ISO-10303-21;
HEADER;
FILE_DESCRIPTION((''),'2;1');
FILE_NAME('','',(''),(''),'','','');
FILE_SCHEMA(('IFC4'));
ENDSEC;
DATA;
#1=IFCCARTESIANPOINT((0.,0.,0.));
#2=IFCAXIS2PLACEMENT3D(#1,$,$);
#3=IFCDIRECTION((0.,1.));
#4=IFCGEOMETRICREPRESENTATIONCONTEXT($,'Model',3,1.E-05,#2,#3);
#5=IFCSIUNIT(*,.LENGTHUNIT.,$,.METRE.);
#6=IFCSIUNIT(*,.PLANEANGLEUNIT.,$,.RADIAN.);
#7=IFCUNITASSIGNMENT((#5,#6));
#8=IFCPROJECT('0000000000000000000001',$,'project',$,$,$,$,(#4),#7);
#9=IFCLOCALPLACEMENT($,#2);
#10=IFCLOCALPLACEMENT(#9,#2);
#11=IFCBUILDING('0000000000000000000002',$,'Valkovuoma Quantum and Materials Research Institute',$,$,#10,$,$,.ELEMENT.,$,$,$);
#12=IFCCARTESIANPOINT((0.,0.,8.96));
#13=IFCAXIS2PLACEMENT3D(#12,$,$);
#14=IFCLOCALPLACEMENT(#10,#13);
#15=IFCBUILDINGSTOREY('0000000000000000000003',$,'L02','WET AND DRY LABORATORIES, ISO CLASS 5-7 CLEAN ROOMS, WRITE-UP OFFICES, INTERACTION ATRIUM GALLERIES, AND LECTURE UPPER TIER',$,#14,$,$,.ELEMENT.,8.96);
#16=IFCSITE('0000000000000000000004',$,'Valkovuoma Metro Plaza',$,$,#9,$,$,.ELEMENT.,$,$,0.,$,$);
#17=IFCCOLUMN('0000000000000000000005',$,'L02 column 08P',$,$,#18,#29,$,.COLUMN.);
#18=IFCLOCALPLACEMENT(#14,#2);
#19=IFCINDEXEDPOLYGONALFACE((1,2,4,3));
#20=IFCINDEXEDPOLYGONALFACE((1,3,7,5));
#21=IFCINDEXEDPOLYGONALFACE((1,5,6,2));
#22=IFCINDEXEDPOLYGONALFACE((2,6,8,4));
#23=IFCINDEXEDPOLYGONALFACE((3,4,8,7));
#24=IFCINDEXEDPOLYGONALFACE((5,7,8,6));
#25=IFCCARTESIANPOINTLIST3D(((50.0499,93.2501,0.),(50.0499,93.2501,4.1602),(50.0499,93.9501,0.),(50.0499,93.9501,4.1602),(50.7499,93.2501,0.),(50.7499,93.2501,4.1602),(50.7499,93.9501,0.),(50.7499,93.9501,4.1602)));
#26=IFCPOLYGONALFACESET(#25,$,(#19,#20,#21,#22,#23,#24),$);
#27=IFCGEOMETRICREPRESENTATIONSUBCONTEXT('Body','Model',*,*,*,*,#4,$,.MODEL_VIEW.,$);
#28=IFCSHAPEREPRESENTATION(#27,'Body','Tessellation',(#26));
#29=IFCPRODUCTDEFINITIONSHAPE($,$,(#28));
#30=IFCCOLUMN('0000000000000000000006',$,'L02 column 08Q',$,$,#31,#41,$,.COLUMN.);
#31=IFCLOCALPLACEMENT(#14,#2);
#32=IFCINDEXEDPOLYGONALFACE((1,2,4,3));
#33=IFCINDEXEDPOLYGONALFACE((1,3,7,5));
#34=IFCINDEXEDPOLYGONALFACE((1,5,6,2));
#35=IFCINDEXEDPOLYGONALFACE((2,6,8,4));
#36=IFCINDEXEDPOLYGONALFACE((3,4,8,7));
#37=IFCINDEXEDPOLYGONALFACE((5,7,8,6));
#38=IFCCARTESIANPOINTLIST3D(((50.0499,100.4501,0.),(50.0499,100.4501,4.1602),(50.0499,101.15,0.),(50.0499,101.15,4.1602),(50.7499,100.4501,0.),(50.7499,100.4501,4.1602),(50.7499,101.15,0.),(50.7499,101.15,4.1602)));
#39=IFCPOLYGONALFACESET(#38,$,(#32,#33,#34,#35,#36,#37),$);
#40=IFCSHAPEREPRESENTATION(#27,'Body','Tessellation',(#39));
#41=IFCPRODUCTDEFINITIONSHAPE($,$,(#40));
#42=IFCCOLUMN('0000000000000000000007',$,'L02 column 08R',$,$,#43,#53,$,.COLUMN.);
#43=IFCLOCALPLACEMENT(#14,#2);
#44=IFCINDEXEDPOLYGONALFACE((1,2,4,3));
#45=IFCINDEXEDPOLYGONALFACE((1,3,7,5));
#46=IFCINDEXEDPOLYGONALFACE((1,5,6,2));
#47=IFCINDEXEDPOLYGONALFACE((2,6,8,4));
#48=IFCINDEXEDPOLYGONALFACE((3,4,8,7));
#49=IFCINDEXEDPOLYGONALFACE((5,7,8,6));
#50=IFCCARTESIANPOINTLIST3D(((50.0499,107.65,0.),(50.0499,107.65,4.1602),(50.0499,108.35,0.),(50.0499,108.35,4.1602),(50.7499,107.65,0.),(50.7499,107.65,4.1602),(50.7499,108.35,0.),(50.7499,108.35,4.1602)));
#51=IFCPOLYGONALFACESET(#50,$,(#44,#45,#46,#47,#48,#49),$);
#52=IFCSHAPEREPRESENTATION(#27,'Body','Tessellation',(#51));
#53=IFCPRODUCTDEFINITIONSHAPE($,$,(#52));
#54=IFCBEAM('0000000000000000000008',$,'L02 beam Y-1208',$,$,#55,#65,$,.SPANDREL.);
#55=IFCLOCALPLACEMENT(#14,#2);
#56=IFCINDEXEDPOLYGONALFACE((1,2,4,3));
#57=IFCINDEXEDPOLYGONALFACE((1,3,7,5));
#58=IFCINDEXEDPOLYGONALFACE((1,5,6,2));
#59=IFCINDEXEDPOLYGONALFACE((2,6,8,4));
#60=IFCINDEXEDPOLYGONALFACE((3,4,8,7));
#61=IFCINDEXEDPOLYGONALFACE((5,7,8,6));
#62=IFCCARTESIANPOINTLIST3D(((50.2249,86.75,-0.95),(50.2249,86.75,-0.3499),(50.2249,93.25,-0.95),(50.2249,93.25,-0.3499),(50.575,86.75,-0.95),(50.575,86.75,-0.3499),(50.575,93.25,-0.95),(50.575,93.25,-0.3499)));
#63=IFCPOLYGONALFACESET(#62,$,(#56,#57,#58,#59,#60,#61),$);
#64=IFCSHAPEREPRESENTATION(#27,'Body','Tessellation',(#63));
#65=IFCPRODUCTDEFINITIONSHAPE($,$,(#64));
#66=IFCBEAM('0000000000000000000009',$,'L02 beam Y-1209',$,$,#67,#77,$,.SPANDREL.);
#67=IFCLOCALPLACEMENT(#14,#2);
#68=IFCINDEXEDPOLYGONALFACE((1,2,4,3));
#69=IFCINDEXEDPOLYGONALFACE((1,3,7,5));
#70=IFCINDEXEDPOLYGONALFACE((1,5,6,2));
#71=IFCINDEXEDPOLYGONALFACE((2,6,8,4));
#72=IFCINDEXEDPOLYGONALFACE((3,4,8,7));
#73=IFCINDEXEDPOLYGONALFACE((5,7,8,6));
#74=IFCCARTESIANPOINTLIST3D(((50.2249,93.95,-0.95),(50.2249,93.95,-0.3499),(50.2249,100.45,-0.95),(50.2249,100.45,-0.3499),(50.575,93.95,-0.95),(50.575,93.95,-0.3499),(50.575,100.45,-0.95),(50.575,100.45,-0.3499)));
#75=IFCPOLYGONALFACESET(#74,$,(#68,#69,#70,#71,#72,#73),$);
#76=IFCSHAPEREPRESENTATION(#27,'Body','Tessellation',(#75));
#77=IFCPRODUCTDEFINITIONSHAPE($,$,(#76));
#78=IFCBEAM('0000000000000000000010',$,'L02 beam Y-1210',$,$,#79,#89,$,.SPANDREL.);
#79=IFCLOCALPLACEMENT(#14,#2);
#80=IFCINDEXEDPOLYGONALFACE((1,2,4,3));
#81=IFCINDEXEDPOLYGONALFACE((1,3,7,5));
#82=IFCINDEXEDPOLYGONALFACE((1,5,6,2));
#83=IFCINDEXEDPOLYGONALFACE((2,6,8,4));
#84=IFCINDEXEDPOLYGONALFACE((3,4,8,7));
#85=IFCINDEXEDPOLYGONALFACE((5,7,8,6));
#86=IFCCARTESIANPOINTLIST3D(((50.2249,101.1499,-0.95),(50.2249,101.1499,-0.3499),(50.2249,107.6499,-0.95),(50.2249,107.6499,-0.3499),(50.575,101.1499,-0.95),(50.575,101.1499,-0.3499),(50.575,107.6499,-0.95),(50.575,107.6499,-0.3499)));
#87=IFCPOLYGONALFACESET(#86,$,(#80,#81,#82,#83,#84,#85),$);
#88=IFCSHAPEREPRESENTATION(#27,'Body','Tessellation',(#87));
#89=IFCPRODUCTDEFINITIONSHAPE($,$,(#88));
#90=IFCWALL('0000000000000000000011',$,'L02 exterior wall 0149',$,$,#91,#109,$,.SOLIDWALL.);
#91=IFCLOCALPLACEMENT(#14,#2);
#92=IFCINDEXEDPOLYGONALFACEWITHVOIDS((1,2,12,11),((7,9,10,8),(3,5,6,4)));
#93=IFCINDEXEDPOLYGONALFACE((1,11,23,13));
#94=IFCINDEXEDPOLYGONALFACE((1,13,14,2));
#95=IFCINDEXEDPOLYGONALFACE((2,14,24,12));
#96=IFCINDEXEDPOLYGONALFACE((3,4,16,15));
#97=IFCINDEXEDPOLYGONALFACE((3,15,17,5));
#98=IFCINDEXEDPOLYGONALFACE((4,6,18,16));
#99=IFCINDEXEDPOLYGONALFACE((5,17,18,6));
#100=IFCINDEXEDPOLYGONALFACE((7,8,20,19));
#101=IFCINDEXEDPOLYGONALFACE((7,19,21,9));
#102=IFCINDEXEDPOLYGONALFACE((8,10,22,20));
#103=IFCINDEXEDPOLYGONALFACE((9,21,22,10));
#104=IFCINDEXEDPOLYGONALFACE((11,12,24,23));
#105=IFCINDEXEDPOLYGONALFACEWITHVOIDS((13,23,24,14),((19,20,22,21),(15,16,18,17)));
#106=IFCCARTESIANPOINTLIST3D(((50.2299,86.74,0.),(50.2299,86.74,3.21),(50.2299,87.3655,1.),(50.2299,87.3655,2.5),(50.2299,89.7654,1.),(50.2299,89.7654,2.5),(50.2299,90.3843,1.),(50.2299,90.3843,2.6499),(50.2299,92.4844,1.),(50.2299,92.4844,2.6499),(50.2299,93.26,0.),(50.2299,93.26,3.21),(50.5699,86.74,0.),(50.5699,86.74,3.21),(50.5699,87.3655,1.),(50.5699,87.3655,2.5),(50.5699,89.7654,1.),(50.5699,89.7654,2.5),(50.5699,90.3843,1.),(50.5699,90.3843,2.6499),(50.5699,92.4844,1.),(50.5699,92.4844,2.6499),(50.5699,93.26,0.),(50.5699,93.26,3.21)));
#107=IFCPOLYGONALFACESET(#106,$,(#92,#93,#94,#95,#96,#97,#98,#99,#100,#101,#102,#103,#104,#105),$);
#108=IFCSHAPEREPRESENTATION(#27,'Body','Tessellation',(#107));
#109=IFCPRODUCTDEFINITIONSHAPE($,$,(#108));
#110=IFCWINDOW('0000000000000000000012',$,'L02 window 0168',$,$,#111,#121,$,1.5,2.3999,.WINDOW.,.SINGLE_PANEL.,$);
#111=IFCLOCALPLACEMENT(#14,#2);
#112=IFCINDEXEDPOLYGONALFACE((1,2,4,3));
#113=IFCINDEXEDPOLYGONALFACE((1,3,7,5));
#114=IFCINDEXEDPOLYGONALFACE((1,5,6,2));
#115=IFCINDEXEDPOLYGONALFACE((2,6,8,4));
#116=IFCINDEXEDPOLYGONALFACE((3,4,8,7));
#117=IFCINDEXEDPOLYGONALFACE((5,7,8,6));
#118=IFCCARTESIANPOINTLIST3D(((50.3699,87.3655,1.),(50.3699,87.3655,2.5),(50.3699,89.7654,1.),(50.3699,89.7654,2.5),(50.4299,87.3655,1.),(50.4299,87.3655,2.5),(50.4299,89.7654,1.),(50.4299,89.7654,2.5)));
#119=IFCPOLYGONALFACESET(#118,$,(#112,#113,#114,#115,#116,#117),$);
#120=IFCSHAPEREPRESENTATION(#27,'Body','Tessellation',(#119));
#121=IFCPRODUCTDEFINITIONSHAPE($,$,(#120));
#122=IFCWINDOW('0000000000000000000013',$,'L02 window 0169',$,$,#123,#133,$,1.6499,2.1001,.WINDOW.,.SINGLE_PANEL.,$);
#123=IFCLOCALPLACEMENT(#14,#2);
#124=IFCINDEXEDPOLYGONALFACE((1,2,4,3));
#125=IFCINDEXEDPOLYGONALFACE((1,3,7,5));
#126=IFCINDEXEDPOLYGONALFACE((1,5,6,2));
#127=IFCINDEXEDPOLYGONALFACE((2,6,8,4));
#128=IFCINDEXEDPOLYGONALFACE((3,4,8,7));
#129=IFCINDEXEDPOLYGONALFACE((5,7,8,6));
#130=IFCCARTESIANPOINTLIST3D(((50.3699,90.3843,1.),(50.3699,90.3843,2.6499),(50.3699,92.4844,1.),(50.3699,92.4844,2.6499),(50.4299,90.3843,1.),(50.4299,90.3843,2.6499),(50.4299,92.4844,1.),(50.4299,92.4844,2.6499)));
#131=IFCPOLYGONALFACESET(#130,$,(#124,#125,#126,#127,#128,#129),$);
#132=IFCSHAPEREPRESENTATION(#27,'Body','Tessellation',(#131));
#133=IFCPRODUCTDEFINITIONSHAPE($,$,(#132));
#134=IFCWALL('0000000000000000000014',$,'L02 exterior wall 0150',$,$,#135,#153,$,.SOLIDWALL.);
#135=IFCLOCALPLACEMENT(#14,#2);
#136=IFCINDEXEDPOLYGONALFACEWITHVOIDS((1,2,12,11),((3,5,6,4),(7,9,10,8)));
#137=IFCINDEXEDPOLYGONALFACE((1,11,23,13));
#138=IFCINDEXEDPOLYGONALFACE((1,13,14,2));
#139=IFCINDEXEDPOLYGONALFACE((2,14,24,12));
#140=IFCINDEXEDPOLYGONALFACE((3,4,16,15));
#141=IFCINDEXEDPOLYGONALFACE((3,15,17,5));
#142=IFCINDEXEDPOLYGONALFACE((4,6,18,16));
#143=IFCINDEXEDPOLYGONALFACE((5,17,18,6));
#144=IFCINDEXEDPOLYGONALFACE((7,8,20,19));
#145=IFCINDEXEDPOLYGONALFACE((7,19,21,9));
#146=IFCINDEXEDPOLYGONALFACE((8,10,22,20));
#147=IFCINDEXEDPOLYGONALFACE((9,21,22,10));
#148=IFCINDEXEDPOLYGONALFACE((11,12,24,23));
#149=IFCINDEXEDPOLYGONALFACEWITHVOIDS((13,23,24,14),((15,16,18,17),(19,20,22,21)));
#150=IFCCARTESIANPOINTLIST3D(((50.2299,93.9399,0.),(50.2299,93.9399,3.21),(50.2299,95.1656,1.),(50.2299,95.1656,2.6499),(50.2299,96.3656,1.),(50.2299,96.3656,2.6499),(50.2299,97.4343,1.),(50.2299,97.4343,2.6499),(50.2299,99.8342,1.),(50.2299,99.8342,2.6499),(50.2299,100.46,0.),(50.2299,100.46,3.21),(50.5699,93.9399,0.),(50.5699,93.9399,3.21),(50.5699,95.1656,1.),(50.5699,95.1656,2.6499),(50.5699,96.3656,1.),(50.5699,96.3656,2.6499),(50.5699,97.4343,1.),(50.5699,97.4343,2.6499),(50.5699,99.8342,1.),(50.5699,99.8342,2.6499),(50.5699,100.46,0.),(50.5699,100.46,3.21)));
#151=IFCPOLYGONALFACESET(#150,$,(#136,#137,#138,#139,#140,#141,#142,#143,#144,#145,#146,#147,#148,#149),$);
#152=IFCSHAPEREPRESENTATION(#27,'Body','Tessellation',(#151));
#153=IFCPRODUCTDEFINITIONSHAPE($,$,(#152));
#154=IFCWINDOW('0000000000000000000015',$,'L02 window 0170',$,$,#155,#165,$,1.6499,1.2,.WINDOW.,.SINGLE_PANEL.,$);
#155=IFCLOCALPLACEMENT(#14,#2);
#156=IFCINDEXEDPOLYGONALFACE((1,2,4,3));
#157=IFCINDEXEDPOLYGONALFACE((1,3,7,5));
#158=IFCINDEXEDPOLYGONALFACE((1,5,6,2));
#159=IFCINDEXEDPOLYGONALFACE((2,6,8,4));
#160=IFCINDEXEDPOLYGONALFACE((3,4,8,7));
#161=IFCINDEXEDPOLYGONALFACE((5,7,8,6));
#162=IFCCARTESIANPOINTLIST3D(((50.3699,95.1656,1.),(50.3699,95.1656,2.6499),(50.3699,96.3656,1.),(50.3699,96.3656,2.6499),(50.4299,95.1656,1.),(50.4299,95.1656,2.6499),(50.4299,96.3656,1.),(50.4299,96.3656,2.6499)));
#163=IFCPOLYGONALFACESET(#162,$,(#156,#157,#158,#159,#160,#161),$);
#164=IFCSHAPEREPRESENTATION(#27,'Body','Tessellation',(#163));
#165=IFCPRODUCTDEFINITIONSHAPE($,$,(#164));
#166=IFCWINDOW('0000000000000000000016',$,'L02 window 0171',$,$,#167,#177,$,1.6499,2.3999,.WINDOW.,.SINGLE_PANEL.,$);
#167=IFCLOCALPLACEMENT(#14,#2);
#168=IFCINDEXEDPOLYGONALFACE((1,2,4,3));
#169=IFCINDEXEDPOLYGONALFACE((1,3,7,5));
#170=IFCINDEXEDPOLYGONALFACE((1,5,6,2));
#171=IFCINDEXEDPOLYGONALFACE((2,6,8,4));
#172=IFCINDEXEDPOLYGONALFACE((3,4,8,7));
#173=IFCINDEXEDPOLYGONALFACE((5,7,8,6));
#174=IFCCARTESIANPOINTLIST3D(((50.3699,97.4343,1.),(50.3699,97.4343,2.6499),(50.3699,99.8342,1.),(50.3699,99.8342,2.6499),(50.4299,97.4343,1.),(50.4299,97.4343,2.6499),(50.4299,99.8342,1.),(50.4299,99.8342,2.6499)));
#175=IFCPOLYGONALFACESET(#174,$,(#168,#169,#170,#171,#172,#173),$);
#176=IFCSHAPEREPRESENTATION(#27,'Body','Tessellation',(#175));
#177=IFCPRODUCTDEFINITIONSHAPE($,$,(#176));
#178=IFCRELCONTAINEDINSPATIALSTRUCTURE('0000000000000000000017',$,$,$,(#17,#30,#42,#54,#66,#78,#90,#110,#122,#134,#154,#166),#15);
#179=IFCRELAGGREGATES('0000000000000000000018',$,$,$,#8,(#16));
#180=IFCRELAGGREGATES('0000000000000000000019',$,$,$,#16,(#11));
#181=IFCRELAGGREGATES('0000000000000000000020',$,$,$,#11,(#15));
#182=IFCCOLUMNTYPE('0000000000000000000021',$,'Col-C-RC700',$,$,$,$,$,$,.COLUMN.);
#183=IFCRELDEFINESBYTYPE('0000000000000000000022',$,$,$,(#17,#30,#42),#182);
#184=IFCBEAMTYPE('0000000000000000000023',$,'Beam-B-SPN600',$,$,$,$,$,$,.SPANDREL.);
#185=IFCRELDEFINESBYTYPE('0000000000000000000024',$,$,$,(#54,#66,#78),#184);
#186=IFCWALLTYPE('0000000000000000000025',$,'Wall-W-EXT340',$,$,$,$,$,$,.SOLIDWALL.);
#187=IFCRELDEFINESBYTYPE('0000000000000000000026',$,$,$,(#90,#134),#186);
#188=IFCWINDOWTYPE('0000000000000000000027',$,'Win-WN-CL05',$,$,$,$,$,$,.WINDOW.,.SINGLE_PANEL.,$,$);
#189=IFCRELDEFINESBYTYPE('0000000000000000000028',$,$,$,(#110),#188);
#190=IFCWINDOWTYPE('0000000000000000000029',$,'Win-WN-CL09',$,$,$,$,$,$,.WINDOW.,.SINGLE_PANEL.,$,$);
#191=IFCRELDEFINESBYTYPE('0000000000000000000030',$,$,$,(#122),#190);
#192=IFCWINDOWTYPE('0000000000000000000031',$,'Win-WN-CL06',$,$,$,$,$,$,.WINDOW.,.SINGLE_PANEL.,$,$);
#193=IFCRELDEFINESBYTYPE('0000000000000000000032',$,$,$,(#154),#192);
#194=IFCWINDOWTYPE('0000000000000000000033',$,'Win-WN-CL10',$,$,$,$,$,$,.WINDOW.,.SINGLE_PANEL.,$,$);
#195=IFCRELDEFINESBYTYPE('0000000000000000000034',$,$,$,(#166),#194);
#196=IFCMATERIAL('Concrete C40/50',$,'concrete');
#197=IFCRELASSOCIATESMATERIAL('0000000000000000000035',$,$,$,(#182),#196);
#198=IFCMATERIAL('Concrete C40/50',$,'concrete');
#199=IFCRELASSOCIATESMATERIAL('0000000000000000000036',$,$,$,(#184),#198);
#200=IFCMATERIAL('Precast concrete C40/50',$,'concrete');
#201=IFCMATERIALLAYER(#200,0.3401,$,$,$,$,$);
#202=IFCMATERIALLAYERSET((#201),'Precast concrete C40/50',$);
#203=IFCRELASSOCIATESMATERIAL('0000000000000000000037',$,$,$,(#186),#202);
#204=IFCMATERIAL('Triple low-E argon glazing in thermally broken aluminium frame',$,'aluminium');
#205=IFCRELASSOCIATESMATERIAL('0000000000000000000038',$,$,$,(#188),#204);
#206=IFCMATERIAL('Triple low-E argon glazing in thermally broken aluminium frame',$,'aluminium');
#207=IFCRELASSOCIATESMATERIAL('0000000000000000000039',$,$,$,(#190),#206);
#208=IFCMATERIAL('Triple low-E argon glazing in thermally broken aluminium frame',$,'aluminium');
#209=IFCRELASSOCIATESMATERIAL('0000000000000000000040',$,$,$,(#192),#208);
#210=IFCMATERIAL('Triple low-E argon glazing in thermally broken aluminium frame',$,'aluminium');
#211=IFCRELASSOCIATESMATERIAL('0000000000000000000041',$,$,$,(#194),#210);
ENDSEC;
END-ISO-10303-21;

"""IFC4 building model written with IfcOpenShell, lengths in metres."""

from ifc_helpers import new_model, si_unit, direction, frame, frame_2d, origin, origin_2d, place, context, subcontext, project, spatial, rectangle, extrude, material, layer, layer_set, material_profile, profile_set, type_object, element, fill, save


model = new_model("IFC4")

# Units and contexts
model_context = context("Model", 3, precision=1e-05, world=origin(), true_north=direction((0.0, 1.0)))
body_context = subcontext(model_context, "Body", "Model", "MODEL_VIEW")
ifc_project = project(units=[si_unit("LENGTHUNIT", "METRE"), si_unit("PLANEANGLEUNIT", "RADIAN")], contexts=[model_context])

# Site, building, storey
site_placement = place(None, origin())
site = spatial("IfcSite", under=ifc_project, at=site_placement, Name="Valkovuoma Metro Plaza", CompositionType="ELEMENT", RefElevation=0.0)
building_placement = place(site_placement, origin())
building = spatial("IfcBuilding", under=site, at=building_placement, Name="Valkovuoma Quantum and Materials Research Institute", CompositionType="ELEMENT")
storey_placement = place(building_placement, frame((0.0, 0.0, 8.96)))
storey = spatial("IfcBuildingStorey", under=building, at=storey_placement, Name="L02", Description="WET AND DRY LABORATORIES, ISO CLASS 5-7 CLEAN ROOMS, WRITE-UP OFFICES, INTERACTION ATRIUM GALLERIES, AND LECTURE UPPER TIER", CompositionType="ELEMENT", Elevation=8.96)

# Columns
ifc_material_1 = material(Name="Concrete C40/50", Category="concrete")
ifc_material_profile_1 = material_profile(ifc_material_1, rectangle(XDim=0.7, YDim=0.7, at=origin_2d()), Name="Concrete C40/50")
ifc_profile_set_1 = profile_set([ifc_material_profile_1], Name="Concrete C40/50")
column_type = type_object("IfcColumnType", Name="Col-C-RC700", PredefinedType="COLUMN", material=ifc_profile_set_1)
for number, where, z_axis, x_axis, name in (
    (1, (50.3999, 93.6001, 0.0), (0.0, 0.0, 1.0), (1.0, 0.0, 0.0), "L02 column 08P"),
    (2, (50.3999, 100.8, 0.0), (0.0, 0.0, 1.0), (1.0, 0.0, 0.0), "L02 column 08Q"),
    (3, (50.3999, 108.0, 0.0), (0.0, 0.0, 1.0), (1.0, 0.0, 0.0), "L02 column 08R"),
):
    element("IfcColumn", number, at=place(storey_placement, frame(where, z_axis=z_axis, x_axis=x_axis)), inside=storey, type_object=column_type, Name=name, PredefinedType="COLUMN", context=body_context, shape_type="SweptSolid", body=[
        extrude(rectangle(XDim=0.7, YDim=0.7, at=origin_2d()), origin(), (0.0, 0.0, 1.0), 4.1602),
    ])

# Beams
ifc_material_2 = material(Name="Concrete C40/50", Category="concrete")
ifc_material_profile_2 = material_profile(ifc_material_2, rectangle(XDim=0.3501, YDim=0.6001, at=origin_2d()), Name="Concrete C40/50")
ifc_profile_set_2 = profile_set([ifc_material_profile_2], Name="Concrete C40/50")
beam_type = type_object("IfcBeamType", Name="Beam-B-SPN600", PredefinedType="SPANDREL", material=ifc_profile_set_2)
for number, where, z_axis, x_axis, name in (
    (4, (50.3999, 86.75, -0.6499), (0.0, 1.0, 0.0), (-1.0, 0.0, 0.0), "L02 beam Y-1208"),
    (5, (50.3999, 93.95, -0.6499), (0.0, 1.0, 0.0), (-1.0, 0.0, 0.0), "L02 beam Y-1209"),
    (6, (50.3999, 101.1499, -0.6499), (0.0, 1.0, 0.0), (-1.0, 0.0, 0.0), "L02 beam Y-1210"),
):
    element("IfcBeam", number, at=place(storey_placement, frame(where, z_axis=z_axis, x_axis=x_axis)), inside=storey, type_object=beam_type, Name=name, PredefinedType="SPANDREL", context=body_context, shape_type="SweptSolid", body=[
        extrude(rectangle(XDim=0.3501, YDim=0.6001, at=origin_2d()), origin(), (0.0, 0.0, 1.0), 6.5),
    ])

# Walls, openings, windows
ifc_material_3 = material(Name="Precast concrete C40/50", Category="concrete")
ifc_layer_1 = layer(ifc_material_3, 0.3401)
ifc_layer_set_1 = layer_set([ifc_layer_1], Name="Precast concrete C40/50")
wall_type = type_object("IfcWallType", Name="Wall-W-EXT340", PredefinedType="SOLIDWALL", material=ifc_layer_set_1)
wall_1_placement = place(storey_placement, frame((50.3999, 86.74, 0.0), z_axis=(0.0, 0.0, 1.0), x_axis=(0.0, 1.0, 0.0)))
wall_1 = element("IfcWall", 7, at=wall_1_placement, inside=storey, type_object=wall_type, Name="L02 exterior wall 0149", PredefinedType="SOLIDWALL", context=body_context, shape_type="SweptSolid", body=[
    extrude(rectangle(XDim=6.52, YDim=0.3401, at=frame_2d((3.26, 0.0))), origin(), (0.0, 0.0, 1.0), 3.21),
])
opening_1_placement = place(wall_1_placement, frame((0.6255, 0.0, 1.0)))
opening_1 = element("IfcOpeningElement", 8, at=opening_1_placement, cuts=wall_1, PredefinedType="OPENING", context=body_context, shape_type="SweptSolid", body=[
    extrude(rectangle(XDim=2.3999, YDim=1.5, at=frame_2d((1.2, 0.75))), frame((0.0, 0.1802, 0.0), z_axis=(0.0, -1.0, 0.0), x_axis=(1.0, 0.0, 0.0)), (0.0, 0.0, 1.0), 0.3601),
])
opening_2_placement = place(wall_1_placement, frame((3.6443, 0.0, 1.0)))
opening_2 = element("IfcOpeningElement", 9, at=opening_2_placement, cuts=wall_1, PredefinedType="OPENING", context=body_context, shape_type="SweptSolid", body=[
    extrude(rectangle(XDim=2.1001, YDim=1.6499, at=frame_2d((1.05, 0.825))), frame((0.0, 0.1802, 0.0), z_axis=(0.0, -1.0, 0.0), x_axis=(1.0, 0.0, 0.0)), (0.0, 0.0, 1.0), 0.3601),
])
ifc_material_4 = material(Name="Triple low-E argon glazing in thermally broken aluminium frame", Category="aluminium")
window_type_1 = type_object("IfcWindowType", Name="Win-WN-CL05", PartitioningType="SINGLE_PANEL", PredefinedType="WINDOW", material=ifc_material_4)
window_1_placement = place(opening_1_placement, origin())
window_1 = element("IfcWindow", 10, at=window_1_placement, inside=storey, type_object=window_type_1, Name="L02 window 0168", OverallHeight=1.5, OverallWidth=2.3999, PartitioningType="SINGLE_PANEL", PredefinedType="WINDOW", context=body_context, shape_type="SweptSolid", body=[
    extrude(rectangle(XDim=2.3999, YDim=1.5, at=frame_2d((1.2, 0.75))), frame((0.0, 0.03, 0.0), z_axis=(0.0, -1.0, 0.0), x_axis=(1.0, 0.0, 0.0)), (0.0, 0.0, 1.0), 0.0601),
])
fill(opening_1, window_1)
ifc_material_5 = material(Name="Triple low-E argon glazing in thermally broken aluminium frame", Category="aluminium")
window_type_2 = type_object("IfcWindowType", Name="Win-WN-CL09", PartitioningType="SINGLE_PANEL", PredefinedType="WINDOW", material=ifc_material_5)
window_2_placement = place(opening_2_placement, origin())
window_2 = element("IfcWindow", 11, at=window_2_placement, inside=storey, type_object=window_type_2, Name="L02 window 0169", OverallHeight=1.6499, OverallWidth=2.1001, PartitioningType="SINGLE_PANEL", PredefinedType="WINDOW", context=body_context, shape_type="SweptSolid", body=[
    extrude(rectangle(XDim=2.1001, YDim=1.6499, at=frame_2d((1.05, 0.825))), frame((0.0, 0.03, 0.0), z_axis=(0.0, -1.0, 0.0), x_axis=(1.0, 0.0, 0.0)), (0.0, 0.0, 1.0), 0.0601),
])
fill(opening_2, window_2)
wall_2_placement = place(storey_placement, frame((50.3999, 93.9399, 0.0), z_axis=(0.0, 0.0, 1.0), x_axis=(0.0, 1.0, 0.0)))
wall_2 = element("IfcWall", 12, at=wall_2_placement, inside=storey, type_object=wall_type, Name="L02 exterior wall 0150", PredefinedType="SOLIDWALL", context=body_context, shape_type="SweptSolid", body=[
    extrude(rectangle(XDim=6.52, YDim=0.3401, at=frame_2d((3.26, 0.0))), origin(), (0.0, 0.0, 1.0), 3.21),
])
opening_3_placement = place(wall_2_placement, frame((1.2256, 0.0, 1.0)))
opening_3 = element("IfcOpeningElement", 13, at=opening_3_placement, cuts=wall_2, PredefinedType="OPENING", context=body_context, shape_type="SweptSolid", body=[
    extrude(rectangle(XDim=1.2, YDim=1.6499, at=frame_2d((0.6001, 0.825))), frame((0.0, 0.1802, 0.0), z_axis=(0.0, -1.0, 0.0), x_axis=(1.0, 0.0, 0.0)), (0.0, 0.0, 1.0), 0.3601),
])
opening_4_placement = place(wall_2_placement, frame((3.4944, 0.0, 1.0)))
opening_4 = element("IfcOpeningElement", 14, at=opening_4_placement, cuts=wall_2, PredefinedType="OPENING", context=body_context, shape_type="SweptSolid", body=[
    extrude(rectangle(XDim=2.3999, YDim=1.6499, at=frame_2d((1.2, 0.825))), frame((0.0, 0.1802, 0.0), z_axis=(0.0, -1.0, 0.0), x_axis=(1.0, 0.0, 0.0)), (0.0, 0.0, 1.0), 0.3601),
])
ifc_material_6 = material(Name="Triple low-E argon glazing in thermally broken aluminium frame", Category="aluminium")
window_type_3 = type_object("IfcWindowType", Name="Win-WN-CL06", PartitioningType="SINGLE_PANEL", PredefinedType="WINDOW", material=ifc_material_6)
window_3_placement = place(opening_3_placement, origin())
window_3 = element("IfcWindow", 15, at=window_3_placement, inside=storey, type_object=window_type_3, Name="L02 window 0170", OverallHeight=1.6499, OverallWidth=1.2, PartitioningType="SINGLE_PANEL", PredefinedType="WINDOW", context=body_context, shape_type="SweptSolid", body=[
    extrude(rectangle(XDim=1.2, YDim=1.6499, at=frame_2d((0.6001, 0.825))), frame((0.0, 0.03, 0.0), z_axis=(0.0, -1.0, 0.0), x_axis=(1.0, 0.0, 0.0)), (0.0, 0.0, 1.0), 0.0601),
])
fill(opening_3, window_3)
ifc_material_7 = material(Name="Triple low-E argon glazing in thermally broken aluminium frame", Category="aluminium")
window_type_4 = type_object("IfcWindowType", Name="Win-WN-CL10", PartitioningType="SINGLE_PANEL", PredefinedType="WINDOW", material=ifc_material_7)
window_4_placement = place(opening_4_placement, origin())
window_4 = element("IfcWindow", 16, at=window_4_placement, inside=storey, type_object=window_type_4, Name="L02 window 0171", OverallHeight=1.6499, OverallWidth=2.3999, PartitioningType="SINGLE_PANEL", PredefinedType="WINDOW", context=body_context, shape_type="SweptSolid", body=[
    extrude(rectangle(XDim=2.3999, YDim=1.6499, at=frame_2d((1.2, 0.825))), frame((0.0, 0.03, 0.0), z_axis=(0.0, -1.0, 0.0), x_axis=(1.0, 0.0, 0.0)), (0.0, 0.0, 1.0), 0.0601),
])
fill(opening_4, window_4)

save(model, "model.ifc")
